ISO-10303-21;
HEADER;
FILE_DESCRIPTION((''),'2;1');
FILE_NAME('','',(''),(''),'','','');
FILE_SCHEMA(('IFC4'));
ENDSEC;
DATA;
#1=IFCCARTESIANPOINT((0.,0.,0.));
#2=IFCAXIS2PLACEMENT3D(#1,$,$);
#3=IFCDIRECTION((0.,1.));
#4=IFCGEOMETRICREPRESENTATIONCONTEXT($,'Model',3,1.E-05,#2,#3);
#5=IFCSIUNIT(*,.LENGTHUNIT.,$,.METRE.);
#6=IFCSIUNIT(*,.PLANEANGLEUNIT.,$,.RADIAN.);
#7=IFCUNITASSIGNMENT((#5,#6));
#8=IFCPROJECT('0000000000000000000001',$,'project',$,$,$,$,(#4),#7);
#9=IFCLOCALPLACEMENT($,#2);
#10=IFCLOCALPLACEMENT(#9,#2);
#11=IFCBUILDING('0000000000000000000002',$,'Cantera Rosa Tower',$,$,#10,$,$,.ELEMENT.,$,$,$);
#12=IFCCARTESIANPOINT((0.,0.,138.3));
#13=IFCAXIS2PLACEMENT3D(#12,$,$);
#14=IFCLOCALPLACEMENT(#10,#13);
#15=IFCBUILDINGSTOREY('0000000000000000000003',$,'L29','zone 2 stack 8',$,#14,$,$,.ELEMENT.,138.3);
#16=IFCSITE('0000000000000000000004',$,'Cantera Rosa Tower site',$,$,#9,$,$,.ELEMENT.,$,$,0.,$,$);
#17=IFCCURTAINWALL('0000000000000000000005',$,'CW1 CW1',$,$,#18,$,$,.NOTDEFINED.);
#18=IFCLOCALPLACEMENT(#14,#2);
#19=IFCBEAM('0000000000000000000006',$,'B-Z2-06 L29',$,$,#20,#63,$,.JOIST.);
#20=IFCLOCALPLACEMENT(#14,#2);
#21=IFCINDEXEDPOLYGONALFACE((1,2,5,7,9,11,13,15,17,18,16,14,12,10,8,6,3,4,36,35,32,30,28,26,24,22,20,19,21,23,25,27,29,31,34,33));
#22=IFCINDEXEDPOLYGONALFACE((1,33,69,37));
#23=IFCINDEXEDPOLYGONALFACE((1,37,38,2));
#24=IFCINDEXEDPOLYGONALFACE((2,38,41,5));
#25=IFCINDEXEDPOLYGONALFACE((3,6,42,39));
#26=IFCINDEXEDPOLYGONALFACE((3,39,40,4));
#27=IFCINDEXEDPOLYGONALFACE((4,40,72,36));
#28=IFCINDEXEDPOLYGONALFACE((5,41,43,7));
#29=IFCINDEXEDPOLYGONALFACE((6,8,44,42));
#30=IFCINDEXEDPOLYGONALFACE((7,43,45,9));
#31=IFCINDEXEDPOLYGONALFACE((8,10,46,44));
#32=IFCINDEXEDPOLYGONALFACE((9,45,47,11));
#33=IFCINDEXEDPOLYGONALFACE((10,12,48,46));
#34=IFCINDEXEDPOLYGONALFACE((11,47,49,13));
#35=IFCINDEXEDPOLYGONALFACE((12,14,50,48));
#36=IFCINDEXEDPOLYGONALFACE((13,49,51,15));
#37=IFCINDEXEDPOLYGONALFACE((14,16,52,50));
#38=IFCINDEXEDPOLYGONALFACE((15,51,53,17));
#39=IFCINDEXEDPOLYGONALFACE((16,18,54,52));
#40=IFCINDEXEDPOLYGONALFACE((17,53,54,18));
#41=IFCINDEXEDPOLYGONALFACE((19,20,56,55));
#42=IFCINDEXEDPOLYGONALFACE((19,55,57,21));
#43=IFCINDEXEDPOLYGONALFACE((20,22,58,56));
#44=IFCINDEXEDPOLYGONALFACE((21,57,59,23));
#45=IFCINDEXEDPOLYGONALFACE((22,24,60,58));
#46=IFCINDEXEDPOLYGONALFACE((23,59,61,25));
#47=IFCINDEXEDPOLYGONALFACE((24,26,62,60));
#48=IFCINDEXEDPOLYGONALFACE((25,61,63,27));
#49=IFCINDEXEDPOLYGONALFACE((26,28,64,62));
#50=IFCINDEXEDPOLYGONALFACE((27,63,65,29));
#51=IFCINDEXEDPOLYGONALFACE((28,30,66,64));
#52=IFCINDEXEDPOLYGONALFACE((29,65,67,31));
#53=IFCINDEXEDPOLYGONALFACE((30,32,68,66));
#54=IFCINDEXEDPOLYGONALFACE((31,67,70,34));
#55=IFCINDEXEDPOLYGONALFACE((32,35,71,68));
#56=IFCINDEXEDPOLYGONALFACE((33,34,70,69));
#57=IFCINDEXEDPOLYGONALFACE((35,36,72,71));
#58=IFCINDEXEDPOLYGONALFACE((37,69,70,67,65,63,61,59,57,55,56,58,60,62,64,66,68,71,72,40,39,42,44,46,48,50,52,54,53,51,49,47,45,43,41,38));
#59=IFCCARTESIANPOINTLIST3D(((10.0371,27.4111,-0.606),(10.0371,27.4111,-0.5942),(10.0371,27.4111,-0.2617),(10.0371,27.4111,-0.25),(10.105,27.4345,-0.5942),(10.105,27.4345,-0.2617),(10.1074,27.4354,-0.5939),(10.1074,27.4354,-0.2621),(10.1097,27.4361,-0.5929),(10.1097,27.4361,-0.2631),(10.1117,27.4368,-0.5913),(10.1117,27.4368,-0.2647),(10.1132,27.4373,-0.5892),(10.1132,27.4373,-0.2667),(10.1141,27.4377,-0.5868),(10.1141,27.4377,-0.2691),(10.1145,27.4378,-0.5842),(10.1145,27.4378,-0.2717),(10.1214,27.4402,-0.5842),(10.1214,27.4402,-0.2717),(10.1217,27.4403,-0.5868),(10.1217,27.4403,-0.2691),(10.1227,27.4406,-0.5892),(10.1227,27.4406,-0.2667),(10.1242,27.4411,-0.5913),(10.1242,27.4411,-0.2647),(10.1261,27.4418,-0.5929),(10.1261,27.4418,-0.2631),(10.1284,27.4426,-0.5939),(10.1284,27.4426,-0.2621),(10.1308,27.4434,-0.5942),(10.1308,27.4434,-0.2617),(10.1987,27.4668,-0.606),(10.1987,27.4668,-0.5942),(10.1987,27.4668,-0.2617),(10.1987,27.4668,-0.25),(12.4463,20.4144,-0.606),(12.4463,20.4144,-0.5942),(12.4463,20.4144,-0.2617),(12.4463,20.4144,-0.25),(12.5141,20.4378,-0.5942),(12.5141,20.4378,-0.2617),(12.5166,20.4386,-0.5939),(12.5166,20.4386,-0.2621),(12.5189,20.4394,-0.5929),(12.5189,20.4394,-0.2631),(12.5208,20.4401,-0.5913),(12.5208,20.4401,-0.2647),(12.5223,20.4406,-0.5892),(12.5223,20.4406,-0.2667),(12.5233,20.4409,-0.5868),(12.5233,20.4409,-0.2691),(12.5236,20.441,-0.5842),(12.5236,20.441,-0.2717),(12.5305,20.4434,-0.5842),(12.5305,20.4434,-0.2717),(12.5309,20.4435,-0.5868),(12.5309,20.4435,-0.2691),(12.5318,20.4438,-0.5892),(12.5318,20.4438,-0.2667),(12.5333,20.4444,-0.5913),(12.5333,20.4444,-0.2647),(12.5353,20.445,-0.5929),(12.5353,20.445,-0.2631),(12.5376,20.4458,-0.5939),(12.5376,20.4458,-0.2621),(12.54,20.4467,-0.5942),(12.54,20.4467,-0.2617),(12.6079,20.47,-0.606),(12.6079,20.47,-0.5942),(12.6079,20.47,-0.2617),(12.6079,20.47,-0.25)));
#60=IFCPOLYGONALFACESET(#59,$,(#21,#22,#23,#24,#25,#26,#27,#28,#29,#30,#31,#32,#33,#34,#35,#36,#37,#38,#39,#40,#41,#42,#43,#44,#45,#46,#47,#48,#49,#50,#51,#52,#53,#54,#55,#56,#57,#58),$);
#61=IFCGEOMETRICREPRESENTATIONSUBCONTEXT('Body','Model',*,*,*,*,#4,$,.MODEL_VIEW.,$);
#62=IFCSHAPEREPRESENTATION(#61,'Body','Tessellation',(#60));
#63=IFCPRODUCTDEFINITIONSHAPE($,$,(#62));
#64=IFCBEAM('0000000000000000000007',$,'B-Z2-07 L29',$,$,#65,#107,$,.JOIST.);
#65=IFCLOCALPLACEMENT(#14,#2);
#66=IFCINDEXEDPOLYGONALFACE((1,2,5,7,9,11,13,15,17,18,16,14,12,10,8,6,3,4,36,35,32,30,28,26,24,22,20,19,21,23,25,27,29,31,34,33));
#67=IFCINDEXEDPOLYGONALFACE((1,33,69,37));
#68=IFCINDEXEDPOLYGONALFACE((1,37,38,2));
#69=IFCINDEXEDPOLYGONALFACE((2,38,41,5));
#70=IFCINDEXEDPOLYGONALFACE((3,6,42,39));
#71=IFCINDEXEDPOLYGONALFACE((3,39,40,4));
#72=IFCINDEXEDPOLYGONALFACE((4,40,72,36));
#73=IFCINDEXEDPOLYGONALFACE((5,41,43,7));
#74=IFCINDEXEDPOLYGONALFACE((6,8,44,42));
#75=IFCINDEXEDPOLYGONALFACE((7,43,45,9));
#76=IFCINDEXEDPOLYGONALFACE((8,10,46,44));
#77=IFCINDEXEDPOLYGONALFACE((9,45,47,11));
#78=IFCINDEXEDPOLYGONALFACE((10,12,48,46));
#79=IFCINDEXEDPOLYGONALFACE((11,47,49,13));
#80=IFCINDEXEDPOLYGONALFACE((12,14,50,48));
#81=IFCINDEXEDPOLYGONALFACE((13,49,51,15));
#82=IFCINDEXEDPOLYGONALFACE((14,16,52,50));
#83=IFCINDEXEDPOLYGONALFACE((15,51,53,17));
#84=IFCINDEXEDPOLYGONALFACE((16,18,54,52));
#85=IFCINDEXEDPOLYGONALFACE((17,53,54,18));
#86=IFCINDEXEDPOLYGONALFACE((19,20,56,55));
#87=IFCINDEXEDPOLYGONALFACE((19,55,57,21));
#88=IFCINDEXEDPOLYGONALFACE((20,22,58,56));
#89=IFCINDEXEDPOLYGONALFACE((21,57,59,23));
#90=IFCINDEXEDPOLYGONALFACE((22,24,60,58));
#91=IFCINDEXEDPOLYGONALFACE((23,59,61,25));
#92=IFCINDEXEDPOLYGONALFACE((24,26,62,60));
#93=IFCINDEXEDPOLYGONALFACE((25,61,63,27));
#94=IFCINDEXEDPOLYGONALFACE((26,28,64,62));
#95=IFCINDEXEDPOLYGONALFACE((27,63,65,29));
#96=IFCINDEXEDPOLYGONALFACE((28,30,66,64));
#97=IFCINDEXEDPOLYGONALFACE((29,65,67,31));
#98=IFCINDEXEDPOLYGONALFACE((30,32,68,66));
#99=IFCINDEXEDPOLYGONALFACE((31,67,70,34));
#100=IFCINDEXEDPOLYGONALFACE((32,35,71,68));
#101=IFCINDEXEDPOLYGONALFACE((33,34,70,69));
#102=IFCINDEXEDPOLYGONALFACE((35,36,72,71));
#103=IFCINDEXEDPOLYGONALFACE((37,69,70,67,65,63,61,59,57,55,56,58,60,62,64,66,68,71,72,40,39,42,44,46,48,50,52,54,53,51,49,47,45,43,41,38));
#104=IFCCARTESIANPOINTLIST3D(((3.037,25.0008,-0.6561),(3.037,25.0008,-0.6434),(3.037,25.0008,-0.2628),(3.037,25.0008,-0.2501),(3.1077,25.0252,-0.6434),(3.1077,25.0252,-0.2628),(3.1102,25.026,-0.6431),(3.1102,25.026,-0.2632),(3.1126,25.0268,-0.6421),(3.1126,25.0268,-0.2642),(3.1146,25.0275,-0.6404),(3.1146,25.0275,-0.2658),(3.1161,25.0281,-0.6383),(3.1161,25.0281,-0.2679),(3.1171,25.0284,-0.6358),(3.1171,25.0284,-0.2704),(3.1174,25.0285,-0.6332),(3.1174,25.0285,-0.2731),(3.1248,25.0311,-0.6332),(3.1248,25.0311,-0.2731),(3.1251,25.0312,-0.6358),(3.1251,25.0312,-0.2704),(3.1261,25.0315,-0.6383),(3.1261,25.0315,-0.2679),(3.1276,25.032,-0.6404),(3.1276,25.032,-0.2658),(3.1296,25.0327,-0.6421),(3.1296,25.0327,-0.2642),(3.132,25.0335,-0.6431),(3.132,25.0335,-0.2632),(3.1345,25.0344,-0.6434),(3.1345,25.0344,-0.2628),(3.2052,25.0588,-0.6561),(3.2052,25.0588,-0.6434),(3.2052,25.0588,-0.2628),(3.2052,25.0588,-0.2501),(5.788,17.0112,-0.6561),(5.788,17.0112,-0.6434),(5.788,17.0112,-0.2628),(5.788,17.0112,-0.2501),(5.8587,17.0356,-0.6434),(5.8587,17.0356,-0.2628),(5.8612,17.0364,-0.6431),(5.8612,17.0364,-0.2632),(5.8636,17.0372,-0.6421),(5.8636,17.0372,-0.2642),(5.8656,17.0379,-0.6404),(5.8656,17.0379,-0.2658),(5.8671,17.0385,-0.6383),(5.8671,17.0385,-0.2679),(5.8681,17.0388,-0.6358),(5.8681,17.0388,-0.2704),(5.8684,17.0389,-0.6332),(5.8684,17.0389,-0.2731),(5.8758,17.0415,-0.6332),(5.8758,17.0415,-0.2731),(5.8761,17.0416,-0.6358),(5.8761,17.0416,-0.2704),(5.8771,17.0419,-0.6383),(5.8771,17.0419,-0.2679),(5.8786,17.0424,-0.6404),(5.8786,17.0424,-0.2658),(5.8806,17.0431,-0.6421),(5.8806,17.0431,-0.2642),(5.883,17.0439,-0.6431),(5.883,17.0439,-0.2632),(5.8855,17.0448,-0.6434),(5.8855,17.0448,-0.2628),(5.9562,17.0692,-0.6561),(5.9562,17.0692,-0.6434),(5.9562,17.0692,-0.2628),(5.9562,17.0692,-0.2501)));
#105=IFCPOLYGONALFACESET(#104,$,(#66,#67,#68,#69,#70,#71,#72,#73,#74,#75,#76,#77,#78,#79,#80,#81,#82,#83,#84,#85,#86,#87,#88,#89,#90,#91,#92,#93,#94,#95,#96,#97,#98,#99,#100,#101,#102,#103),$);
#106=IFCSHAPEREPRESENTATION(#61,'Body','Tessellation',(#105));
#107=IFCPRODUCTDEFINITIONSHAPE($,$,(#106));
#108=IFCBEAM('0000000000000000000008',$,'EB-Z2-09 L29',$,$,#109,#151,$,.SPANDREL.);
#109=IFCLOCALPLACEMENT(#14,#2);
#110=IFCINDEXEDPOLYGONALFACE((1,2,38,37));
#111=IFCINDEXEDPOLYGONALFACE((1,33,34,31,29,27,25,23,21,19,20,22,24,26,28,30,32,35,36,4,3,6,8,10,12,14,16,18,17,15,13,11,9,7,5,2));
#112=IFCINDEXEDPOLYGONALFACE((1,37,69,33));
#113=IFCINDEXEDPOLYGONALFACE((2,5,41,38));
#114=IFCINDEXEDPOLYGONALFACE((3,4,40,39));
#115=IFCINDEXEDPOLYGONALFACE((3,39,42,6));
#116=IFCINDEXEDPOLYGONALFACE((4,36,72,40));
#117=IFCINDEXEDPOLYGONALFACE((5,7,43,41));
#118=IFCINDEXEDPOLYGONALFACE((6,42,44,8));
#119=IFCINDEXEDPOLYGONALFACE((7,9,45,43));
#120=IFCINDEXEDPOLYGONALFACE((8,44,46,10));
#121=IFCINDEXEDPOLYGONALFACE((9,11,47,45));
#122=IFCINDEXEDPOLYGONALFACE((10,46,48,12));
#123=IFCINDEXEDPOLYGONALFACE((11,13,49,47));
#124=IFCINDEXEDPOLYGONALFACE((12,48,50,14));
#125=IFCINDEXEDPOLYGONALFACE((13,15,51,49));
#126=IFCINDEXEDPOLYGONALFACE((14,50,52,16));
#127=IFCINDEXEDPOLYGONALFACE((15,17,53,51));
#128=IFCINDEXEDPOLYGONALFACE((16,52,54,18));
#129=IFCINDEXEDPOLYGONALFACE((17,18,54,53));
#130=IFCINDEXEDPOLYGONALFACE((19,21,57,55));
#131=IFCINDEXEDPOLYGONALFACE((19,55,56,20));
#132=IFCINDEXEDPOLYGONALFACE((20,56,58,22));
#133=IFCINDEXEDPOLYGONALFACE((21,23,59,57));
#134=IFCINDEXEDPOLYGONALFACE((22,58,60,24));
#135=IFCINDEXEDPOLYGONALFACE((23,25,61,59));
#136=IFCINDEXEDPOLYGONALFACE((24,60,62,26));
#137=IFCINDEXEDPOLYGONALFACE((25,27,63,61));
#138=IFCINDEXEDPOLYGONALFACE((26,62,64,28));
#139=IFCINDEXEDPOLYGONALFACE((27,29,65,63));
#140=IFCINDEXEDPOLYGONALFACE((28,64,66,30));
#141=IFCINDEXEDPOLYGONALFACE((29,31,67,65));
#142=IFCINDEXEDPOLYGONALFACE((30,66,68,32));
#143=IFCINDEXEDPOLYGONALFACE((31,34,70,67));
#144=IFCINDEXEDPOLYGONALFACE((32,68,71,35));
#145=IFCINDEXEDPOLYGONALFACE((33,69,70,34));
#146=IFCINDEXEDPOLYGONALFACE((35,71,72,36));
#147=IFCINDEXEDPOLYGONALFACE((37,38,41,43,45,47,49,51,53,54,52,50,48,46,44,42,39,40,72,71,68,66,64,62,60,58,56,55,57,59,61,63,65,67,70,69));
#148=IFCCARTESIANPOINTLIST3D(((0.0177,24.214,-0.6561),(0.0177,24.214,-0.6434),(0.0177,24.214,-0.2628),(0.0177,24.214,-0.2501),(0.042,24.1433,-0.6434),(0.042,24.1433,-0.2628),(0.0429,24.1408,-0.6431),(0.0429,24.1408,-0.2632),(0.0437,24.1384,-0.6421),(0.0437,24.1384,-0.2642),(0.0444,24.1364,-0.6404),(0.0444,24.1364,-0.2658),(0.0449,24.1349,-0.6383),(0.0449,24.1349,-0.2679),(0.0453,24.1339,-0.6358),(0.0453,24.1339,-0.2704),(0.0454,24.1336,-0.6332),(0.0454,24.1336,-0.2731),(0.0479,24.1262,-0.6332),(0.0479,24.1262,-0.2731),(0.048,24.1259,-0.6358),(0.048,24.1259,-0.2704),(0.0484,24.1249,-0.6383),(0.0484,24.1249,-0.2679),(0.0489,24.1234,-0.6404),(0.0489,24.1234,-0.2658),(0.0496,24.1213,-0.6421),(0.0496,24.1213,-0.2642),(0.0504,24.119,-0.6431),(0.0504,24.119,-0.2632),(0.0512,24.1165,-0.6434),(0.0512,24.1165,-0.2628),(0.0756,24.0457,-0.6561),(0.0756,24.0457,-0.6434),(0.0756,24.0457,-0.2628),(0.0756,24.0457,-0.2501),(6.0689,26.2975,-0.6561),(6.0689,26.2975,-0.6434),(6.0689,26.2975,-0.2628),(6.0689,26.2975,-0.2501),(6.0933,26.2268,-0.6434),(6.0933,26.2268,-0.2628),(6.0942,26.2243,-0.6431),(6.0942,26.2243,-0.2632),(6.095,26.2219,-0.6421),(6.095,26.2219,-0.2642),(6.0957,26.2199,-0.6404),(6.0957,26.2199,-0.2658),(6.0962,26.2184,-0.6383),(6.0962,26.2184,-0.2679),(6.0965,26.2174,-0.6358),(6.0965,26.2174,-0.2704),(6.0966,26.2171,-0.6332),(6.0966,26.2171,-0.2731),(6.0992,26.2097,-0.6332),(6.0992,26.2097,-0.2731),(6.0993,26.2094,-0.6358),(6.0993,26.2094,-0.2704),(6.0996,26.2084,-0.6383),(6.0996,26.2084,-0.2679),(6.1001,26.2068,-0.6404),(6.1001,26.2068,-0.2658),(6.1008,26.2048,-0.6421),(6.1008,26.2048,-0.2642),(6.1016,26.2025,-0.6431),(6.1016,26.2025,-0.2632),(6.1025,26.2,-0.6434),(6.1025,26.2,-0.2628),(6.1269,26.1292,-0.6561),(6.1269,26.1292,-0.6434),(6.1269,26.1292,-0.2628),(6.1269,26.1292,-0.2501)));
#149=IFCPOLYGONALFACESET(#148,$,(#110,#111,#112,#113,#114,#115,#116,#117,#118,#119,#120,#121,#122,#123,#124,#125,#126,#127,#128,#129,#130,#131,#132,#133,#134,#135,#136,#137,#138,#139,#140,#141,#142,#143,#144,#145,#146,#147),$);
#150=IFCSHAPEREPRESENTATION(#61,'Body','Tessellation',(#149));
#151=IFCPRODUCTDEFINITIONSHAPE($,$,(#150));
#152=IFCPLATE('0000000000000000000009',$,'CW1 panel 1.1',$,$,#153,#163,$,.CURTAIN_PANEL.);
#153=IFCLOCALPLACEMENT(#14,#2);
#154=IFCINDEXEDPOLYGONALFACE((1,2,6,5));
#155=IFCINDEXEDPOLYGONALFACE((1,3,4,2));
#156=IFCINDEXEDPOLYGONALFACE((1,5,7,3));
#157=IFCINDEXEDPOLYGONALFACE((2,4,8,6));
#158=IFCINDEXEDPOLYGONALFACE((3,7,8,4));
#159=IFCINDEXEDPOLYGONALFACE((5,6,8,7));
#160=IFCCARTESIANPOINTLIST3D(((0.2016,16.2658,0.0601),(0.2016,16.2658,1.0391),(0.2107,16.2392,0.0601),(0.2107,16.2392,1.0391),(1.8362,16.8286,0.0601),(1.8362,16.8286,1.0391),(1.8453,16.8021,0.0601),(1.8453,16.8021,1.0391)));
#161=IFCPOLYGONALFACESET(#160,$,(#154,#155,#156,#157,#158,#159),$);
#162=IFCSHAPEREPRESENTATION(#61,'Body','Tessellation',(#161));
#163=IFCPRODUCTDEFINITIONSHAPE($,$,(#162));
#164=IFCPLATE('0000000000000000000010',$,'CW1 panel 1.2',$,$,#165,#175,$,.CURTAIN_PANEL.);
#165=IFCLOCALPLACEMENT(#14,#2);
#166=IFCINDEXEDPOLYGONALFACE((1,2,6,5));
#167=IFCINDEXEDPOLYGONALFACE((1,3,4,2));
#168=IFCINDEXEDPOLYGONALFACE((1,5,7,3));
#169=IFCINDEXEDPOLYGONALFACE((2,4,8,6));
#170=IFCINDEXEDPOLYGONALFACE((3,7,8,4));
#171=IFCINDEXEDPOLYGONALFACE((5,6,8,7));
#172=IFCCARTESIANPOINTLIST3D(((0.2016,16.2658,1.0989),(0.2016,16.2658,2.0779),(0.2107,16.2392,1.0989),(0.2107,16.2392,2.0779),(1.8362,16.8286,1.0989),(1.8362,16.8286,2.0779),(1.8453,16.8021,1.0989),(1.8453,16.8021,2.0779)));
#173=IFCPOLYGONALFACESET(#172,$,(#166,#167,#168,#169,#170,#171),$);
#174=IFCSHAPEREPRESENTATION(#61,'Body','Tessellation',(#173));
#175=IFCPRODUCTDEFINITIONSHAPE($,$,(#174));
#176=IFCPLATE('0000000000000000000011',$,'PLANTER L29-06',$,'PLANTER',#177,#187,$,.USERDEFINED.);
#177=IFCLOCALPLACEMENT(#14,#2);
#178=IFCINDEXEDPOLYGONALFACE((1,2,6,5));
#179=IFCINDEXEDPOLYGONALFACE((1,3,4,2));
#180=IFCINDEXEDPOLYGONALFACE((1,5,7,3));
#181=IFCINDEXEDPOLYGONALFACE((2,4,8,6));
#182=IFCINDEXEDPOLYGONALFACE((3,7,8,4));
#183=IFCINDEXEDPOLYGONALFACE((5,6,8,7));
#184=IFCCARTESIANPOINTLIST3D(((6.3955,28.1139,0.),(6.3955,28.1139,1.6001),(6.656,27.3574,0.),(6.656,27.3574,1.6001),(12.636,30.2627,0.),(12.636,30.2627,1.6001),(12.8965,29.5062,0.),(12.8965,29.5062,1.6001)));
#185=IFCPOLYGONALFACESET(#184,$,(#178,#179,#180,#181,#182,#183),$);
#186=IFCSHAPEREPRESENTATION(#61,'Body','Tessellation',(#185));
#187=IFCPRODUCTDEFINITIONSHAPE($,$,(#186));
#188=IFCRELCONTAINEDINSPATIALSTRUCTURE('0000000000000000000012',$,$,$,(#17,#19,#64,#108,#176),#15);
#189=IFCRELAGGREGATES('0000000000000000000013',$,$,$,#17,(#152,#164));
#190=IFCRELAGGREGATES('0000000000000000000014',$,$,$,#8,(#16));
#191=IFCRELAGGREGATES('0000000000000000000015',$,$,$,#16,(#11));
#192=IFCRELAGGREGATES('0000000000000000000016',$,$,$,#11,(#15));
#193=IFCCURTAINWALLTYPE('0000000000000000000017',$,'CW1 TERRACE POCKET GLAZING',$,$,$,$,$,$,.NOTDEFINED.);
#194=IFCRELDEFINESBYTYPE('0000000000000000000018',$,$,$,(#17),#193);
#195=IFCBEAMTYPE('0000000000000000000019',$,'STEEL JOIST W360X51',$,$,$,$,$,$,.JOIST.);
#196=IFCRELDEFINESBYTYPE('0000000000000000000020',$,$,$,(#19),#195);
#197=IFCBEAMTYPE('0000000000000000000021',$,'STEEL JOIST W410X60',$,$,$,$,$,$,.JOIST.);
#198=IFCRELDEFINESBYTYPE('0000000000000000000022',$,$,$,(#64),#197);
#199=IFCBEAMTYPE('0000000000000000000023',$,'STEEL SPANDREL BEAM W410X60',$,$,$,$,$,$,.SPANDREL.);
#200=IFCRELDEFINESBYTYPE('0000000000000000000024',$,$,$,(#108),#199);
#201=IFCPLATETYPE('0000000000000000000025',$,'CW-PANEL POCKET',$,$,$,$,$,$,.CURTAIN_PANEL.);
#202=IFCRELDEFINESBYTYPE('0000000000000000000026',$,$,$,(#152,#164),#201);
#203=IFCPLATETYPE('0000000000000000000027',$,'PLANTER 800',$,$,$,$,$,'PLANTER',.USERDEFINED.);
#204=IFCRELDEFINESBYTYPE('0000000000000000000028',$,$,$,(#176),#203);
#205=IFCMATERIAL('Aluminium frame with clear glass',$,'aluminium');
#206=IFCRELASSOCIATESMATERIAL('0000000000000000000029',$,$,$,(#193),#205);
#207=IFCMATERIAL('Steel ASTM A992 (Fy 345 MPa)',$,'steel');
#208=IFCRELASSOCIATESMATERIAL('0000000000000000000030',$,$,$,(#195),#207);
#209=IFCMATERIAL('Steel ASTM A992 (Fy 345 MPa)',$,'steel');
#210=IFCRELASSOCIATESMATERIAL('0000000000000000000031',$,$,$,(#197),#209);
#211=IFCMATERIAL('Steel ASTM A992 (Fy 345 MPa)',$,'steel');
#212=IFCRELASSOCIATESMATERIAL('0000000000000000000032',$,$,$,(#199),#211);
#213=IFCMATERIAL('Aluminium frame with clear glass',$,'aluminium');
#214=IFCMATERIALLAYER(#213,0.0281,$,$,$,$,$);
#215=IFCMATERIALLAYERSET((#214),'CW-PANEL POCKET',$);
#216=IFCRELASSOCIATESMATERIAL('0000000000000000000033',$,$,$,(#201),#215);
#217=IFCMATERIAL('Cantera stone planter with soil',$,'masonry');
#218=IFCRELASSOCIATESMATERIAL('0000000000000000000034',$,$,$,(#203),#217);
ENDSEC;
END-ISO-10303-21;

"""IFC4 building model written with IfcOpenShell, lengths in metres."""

from ifc_helpers import new_model, si_unit, direction, frame, origin, origin_2d, place, context, subcontext, project, spatial, rectangle, i_section, extrude, material, layer, layer_set, material_profile, profile_set, type_object, element, aggregate, save


model = new_model("IFC4")

# Units and contexts
model_context = context("Model", 3, precision=1e-05, world=origin(), true_north=direction((0.0, 1.0)))
body_context = subcontext(model_context, "Body", "Model", "MODEL_VIEW")
ifc_project = project(units=[si_unit("LENGTHUNIT", "METRE"), si_unit("PLANEANGLEUNIT", "RADIAN")], contexts=[model_context])

# Site, building, storey
site_placement = place(None, origin())
site = spatial("IfcSite", under=ifc_project, at=site_placement, Name="Cantera Rosa Tower site", CompositionType="ELEMENT", RefElevation=0.0)
building_placement = place(site_placement, origin())
building = spatial("IfcBuilding", under=site, at=building_placement, Name="Cantera Rosa Tower", CompositionType="ELEMENT")
storey_placement = place(building_placement, frame((0.0, 0.0, 138.3)))
storey = spatial("IfcBuildingStorey", under=building, at=storey_placement, Name="L29", Description="zone 2 stack 8", CompositionType="ELEMENT", Elevation=138.3)

# Curtain wall
ifc_material_1 = material(Name="Aluminium frame with clear glass", Category="aluminium")
curtain_wall_type = type_object("IfcCurtainWallType", Name="CW1 TERRACE POCKET GLAZING", PredefinedType="NOTDEFINED", material=ifc_material_1)
curtain_wall_placement = place(storey_placement, origin())
curtain_wall = element("IfcCurtainWall", 1, at=curtain_wall_placement, inside=storey, type_object=curtain_wall_type, Name="CW1 CW1", PredefinedType="NOTDEFINED")

# Beams
ifc_material_2 = material(Name="Steel ASTM A992 (Fy 345 MPa)", Category="steel")
ifc_material_profile_1 = material_profile(ifc_material_2, i_section(OverallWidth=0.1709, OverallDepth=0.356, WebThickness=0.0073, FlangeThickness=0.0117, FilletRadius=0.01, at=origin_2d()), Name="W360X51")
ifc_profile_set_1 = profile_set([ifc_material_profile_1], Name="Steel ASTM A992 (Fy 345 MPa)")
beam_type_1 = type_object("IfcBeamType", Name="STEEL JOIST W360X51", PredefinedType="JOIST", material=ifc_profile_set_1)
beam_1_placement = place(storey_placement, frame((10.1179, 27.439, -0.428), z_axis=(0.325566, -0.945519, 0.0), x_axis=(0.945519, 0.325566, 0.0)))
element("IfcBeam", 2, at=beam_1_placement, inside=storey, type_object=beam_type_1, Name="B-Z2-06 L29", PredefinedType="JOIST", context=body_context, shape_type="SweptSolid", body=[
    extrude(i_section(OverallWidth=0.1709, OverallDepth=0.356, WebThickness=0.0073, FlangeThickness=0.0117, FilletRadius=0.01, at=origin_2d()), origin(), (0.0, 0.0, 1.0), 7.3999),
])
ifc_material_3 = material(Name="Steel ASTM A992 (Fy 345 MPa)", Category="steel")
ifc_material_profile_2 = material_profile(ifc_material_3, i_section(OverallWidth=0.178, OverallDepth=0.406, WebThickness=0.0078, FlangeThickness=0.0127, FilletRadius=0.0103, at=origin_2d()), Name="W410X60")
ifc_profile_set_2 = profile_set([ifc_material_profile_2], Name="Steel ASTM A992 (Fy 345 MPa)")
beam_type_2 = type_object("IfcBeamType", Name="STEEL JOIST W410X60", PredefinedType="JOIST", material=ifc_profile_set_2)
beam_2_placement = place(storey_placement, frame((3.1211, 25.0298, -0.4531), z_axis=(0.325565, -0.94552, 0.0), x_axis=(0.94552, 0.325565, 0.0)))
element("IfcBeam", 3, at=beam_2_placement, inside=storey, type_object=beam_type_2, Name="B-Z2-07 L29", PredefinedType="JOIST", context=body_context, shape_type="SweptSolid", body=[
    extrude(i_section(OverallWidth=0.178, OverallDepth=0.406, WebThickness=0.0078, FlangeThickness=0.0127, FilletRadius=0.0103, at=origin_2d()), origin(), (0.0, 0.0, 1.0), 8.45),
])
ifc_material_4 = material(Name="Steel ASTM A992 (Fy 345 MPa)", Category="steel")
ifc_material_profile_3 = material_profile(ifc_material_4, i_section(OverallWidth=0.178, OverallDepth=0.406, WebThickness=0.0078, FlangeThickness=0.0127, FilletRadius=0.0103, at=origin_2d()), Name="W410X60")
ifc_profile_set_3 = profile_set([ifc_material_profile_3], Name="Steel ASTM A992 (Fy 345 MPa)")
beam_type_3 = type_object("IfcBeamType", Name="STEEL SPANDREL BEAM W410X60", PredefinedType="SPANDREL", material=ifc_profile_set_3)
beam_3_placement = place(storey_placement, frame((6.0979, 26.2134, -0.4531), z_axis=(-0.945524, -0.325551, 0.0), x_axis=(0.325551, -0.945524, 0.0)))
element("IfcBeam", 4, at=beam_3_placement, inside=storey, type_object=beam_type_3, Name="EB-Z2-09 L29", PredefinedType="SPANDREL", context=body_context, shape_type="SweptSolid", body=[
    extrude(i_section(OverallWidth=0.178, OverallDepth=0.406, WebThickness=0.0078, FlangeThickness=0.0127, FilletRadius=0.0103, at=origin_2d()), origin(), (0.0, 0.0, 1.0), 6.3999),
])

# Plates
ifc_material_5 = material(Name="Aluminium frame with clear glass", Category="aluminium")
ifc_layer_1 = layer(ifc_material_5, 0.0281)
ifc_layer_set_1 = layer_set([ifc_layer_1], Name="CW-PANEL POCKET")
plate_type_1 = type_object("IfcPlateType", Name="CW-PANEL POCKET", PredefinedType="CURTAIN_PANEL", material=ifc_layer_set_1)
plate_1_placement = place(storey_placement, frame((1.0234, 16.5339, 0.0601), z_axis=(0.0, 0.0, 1.0), x_axis=(-0.945519, -0.325568, 0.0)))
plate_1 = element("IfcPlate", 5, at=plate_1_placement, type_object=plate_type_1, Name="CW1 panel 1.1", PredefinedType="CURTAIN_PANEL", context=body_context, shape_type="SweptSolid", body=[
    extrude(rectangle(XDim=1.7288, YDim=0.0281, at=origin_2d()), origin(), (0.0, 0.0, 1.0), 0.979),
])
plate_2_placement = place(storey_placement, frame((1.0234, 16.5339, 1.0989), z_axis=(0.0, 0.0, 1.0), x_axis=(-0.945519, -0.325568, 0.0)))
plate_2 = element("IfcPlate", 6, at=plate_2_placement, type_object=plate_type_1, Name="CW1 panel 1.2", PredefinedType="CURTAIN_PANEL", context=body_context, shape_type="SweptSolid", body=[
    extrude(rectangle(XDim=1.7288, YDim=0.0281, at=origin_2d()), origin(), (0.0, 0.0, 1.0), 0.979),
])
aggregate(curtain_wall, [plate_1, plate_2])

# Plate
ifc_material_6 = material(Name="Cantera stone planter with soil", Category="masonry")
plate_type_2 = type_object("IfcPlateType", Name="PLANTER 800", ElementType="PLANTER", PredefinedType="USERDEFINED", material=ifc_material_6)
plate_3_placement = place(storey_placement, frame((9.646, 28.8101, 0.0), z_axis=(0.0, 0.0, 1.0), x_axis=(-0.945519, -0.325568, 0.0)))
element("IfcPlate", 7, at=plate_3_placement, inside=storey, type_object=plate_type_2, Name="PLANTER L29-06", ObjectType="PLANTER", PredefinedType="USERDEFINED", context=body_context, shape_type="SweptSolid", body=[
    extrude(rectangle(XDim=6.6001, YDim=0.8, at=origin_2d()), origin(), (0.0, 0.0, 1.0), 1.6001),
])

save(model, "model.ifc")
